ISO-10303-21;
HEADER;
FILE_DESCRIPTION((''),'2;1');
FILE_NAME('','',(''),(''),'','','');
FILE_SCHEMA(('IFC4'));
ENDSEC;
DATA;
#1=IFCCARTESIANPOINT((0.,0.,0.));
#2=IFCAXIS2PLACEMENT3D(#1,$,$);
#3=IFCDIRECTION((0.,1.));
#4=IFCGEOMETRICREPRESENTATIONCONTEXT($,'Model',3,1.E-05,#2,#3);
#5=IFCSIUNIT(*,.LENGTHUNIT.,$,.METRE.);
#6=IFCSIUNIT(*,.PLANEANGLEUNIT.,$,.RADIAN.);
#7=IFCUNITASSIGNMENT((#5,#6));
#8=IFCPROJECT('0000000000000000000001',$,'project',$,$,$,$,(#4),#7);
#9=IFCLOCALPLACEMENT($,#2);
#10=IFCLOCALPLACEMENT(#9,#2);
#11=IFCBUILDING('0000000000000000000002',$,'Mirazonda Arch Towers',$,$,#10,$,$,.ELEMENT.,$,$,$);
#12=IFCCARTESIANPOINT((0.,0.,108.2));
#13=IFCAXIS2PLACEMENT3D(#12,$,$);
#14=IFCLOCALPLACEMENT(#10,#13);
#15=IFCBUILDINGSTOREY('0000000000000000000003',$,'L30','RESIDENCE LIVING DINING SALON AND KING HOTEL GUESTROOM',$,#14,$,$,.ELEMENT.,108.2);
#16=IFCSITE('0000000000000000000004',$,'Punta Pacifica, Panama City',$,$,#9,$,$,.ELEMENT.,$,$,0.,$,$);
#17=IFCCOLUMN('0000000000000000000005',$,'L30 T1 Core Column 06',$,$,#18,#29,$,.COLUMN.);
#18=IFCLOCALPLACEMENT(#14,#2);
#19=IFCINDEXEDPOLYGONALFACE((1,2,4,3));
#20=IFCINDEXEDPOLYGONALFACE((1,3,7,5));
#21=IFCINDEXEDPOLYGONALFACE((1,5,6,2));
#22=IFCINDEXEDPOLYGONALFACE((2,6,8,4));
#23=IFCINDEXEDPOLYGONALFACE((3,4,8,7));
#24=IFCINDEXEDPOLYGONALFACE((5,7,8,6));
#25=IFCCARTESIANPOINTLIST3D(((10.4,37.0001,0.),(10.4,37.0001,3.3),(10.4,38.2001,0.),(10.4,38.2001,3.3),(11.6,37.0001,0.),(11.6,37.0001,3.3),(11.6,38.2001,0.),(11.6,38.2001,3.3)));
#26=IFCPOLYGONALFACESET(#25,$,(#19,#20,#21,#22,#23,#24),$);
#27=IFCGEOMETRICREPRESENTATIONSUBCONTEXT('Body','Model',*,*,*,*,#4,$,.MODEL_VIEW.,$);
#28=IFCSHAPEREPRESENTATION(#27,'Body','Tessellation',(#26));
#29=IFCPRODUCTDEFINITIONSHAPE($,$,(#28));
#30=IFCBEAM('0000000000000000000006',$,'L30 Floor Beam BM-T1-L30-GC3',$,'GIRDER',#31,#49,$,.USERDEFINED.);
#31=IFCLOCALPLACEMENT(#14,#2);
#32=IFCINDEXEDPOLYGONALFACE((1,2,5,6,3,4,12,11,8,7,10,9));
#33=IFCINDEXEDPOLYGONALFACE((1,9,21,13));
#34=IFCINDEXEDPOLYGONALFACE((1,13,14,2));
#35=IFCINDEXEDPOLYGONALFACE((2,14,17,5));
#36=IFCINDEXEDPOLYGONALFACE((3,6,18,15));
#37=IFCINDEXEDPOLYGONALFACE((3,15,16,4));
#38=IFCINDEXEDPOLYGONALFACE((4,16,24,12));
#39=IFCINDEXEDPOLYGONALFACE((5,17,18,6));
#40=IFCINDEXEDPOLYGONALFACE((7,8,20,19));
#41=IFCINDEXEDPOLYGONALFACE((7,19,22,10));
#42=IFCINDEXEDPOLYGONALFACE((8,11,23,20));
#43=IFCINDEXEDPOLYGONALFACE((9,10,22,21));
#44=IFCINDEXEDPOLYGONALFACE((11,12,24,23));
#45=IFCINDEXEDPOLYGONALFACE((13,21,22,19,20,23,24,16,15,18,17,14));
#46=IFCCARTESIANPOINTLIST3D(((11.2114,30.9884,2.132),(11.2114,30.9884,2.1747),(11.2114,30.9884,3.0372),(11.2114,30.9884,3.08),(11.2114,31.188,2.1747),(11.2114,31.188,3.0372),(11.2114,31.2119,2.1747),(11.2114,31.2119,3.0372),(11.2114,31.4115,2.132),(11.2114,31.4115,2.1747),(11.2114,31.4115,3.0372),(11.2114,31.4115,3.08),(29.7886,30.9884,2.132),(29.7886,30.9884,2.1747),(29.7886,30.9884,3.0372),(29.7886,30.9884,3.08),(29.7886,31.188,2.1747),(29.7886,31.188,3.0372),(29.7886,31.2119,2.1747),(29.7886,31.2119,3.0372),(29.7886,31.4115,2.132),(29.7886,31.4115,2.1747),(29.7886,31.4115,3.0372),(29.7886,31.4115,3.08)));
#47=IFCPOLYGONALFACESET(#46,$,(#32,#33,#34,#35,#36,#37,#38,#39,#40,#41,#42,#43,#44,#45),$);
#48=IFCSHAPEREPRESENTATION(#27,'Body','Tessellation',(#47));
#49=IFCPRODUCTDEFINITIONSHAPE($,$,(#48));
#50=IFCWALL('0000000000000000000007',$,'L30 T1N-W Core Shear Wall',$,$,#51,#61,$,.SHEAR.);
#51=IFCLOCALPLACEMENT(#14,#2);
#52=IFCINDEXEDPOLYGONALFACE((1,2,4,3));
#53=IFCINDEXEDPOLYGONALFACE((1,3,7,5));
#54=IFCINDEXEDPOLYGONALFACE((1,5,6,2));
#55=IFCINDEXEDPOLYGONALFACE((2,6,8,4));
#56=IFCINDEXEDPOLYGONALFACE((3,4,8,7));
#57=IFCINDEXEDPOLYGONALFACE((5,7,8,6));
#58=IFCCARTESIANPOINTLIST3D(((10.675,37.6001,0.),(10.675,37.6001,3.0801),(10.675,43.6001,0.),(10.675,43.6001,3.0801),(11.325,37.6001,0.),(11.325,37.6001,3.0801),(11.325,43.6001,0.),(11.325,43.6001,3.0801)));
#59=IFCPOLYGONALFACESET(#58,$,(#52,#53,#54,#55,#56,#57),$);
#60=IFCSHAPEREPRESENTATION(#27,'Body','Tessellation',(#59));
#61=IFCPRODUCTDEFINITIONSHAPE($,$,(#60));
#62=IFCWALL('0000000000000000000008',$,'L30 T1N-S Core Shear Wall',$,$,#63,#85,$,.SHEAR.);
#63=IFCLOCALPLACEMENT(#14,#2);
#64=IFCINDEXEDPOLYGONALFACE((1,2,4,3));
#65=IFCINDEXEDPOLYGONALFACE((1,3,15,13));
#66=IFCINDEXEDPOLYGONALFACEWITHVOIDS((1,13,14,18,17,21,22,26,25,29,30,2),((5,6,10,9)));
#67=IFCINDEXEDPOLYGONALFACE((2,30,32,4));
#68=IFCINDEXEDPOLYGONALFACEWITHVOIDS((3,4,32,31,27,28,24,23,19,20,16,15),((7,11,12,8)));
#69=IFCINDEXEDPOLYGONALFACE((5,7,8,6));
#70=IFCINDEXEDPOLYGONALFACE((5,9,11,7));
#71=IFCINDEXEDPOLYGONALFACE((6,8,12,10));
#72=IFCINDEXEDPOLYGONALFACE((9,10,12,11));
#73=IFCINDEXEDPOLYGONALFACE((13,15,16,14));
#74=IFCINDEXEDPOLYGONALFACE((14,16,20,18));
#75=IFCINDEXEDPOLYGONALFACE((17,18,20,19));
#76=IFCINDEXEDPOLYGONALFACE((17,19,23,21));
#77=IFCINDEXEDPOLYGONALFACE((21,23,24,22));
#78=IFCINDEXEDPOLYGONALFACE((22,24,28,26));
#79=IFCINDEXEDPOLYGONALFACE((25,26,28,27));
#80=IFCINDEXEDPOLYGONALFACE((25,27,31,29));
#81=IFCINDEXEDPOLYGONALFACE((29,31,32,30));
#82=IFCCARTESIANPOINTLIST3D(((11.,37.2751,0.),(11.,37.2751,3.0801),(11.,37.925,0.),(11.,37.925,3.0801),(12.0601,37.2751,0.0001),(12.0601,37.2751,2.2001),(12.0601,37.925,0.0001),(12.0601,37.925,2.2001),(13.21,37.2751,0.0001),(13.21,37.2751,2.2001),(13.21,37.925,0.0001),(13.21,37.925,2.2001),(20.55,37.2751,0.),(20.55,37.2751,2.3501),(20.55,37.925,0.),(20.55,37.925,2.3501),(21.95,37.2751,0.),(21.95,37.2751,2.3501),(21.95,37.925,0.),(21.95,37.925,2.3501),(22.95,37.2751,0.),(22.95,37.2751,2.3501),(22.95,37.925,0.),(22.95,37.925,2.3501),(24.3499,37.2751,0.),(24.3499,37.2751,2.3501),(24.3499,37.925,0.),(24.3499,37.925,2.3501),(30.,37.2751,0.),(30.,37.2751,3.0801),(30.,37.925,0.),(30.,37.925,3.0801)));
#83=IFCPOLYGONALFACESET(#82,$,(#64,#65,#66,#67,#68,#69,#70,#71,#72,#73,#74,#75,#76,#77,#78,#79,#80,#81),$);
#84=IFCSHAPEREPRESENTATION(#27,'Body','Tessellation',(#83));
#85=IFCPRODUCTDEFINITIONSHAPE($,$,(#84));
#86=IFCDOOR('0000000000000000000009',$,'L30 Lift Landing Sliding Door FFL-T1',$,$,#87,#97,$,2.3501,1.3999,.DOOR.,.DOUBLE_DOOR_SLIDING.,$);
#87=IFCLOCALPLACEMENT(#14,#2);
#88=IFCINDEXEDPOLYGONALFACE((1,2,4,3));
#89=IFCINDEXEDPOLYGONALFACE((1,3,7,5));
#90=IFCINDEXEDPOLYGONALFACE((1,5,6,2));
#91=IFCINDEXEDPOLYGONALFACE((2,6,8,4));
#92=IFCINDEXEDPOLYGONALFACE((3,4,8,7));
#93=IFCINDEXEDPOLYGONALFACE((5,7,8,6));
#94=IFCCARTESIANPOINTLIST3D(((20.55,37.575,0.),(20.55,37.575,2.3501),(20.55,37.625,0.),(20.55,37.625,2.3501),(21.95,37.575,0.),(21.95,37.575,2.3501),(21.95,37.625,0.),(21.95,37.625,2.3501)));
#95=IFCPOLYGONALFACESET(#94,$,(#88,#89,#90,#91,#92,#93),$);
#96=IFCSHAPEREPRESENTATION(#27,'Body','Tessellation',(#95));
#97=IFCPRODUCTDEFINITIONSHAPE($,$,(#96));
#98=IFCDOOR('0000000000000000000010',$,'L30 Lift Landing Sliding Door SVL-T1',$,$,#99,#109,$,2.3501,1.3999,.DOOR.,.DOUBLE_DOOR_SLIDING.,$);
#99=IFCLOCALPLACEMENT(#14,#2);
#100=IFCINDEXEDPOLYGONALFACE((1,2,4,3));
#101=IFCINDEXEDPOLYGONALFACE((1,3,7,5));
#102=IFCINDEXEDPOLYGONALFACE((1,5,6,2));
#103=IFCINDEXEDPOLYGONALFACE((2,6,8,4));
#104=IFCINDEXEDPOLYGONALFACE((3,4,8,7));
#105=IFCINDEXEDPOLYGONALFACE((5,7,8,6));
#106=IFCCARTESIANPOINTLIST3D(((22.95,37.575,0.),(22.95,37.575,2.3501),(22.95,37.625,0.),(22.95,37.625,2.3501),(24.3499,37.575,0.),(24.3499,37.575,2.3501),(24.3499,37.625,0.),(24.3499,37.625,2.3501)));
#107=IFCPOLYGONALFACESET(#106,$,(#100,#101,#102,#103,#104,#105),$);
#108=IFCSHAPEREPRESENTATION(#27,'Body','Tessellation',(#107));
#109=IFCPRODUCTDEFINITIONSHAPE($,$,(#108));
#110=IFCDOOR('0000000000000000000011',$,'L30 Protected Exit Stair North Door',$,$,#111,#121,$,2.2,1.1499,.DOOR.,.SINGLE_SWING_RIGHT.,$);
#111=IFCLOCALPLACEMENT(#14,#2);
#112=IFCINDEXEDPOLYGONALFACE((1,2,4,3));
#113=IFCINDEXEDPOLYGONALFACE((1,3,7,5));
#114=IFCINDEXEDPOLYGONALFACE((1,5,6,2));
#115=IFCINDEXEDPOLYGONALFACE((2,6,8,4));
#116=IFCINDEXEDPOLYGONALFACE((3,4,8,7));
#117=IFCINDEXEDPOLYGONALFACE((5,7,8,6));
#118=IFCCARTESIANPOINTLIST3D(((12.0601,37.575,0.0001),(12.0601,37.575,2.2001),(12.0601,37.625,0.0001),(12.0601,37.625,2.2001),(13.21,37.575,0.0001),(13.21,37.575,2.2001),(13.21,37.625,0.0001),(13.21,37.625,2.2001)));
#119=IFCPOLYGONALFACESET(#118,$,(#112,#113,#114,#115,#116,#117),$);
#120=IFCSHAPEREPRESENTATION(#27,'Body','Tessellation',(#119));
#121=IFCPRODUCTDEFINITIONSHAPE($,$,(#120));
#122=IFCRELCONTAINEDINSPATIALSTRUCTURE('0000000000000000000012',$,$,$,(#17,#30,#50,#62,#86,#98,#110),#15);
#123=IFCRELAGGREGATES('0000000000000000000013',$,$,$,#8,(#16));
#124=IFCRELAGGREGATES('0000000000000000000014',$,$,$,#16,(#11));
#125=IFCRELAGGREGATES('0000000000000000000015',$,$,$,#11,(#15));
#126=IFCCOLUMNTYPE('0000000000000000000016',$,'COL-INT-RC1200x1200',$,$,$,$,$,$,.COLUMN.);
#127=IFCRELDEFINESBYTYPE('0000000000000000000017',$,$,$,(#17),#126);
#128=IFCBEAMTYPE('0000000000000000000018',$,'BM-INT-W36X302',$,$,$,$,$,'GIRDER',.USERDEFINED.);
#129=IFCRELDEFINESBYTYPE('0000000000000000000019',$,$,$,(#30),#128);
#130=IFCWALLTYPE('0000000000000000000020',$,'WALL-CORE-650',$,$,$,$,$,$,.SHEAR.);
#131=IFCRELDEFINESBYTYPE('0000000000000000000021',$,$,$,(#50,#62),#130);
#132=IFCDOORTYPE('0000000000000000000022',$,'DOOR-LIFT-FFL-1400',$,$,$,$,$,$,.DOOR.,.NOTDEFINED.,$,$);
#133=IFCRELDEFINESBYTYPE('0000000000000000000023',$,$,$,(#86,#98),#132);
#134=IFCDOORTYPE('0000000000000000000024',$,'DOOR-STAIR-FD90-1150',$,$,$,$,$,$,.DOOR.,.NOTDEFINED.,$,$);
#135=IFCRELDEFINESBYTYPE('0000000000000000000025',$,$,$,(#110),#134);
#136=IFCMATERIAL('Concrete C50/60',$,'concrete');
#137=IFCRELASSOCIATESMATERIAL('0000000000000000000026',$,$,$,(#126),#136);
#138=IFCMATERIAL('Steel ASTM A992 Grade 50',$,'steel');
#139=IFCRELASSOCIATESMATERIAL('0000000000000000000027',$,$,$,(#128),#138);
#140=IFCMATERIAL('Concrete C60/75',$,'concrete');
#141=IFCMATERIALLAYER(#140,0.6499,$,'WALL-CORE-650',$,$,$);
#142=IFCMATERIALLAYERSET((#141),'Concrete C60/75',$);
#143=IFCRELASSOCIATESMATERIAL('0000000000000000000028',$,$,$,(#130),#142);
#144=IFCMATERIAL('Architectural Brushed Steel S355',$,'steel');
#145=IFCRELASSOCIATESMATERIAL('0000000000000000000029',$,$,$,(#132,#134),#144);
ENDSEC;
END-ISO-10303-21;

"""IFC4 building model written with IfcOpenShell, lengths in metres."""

from ifc_helpers import new_model, si_unit, direction, frame, frame_2d, origin, origin_2d, place, context, subcontext, project, spatial, rectangle, i_section, extrude, material, layer, layer_set, material_profile, profile_set, type_object, element, fill, save


model = new_model("IFC4")

# Units and contexts
model_context = context("Model", 3, precision=1e-05, world=origin(), true_north=direction((0.0, 1.0)))
body_context = subcontext(model_context, "Body", "Model", "MODEL_VIEW")
ifc_project = project(units=[si_unit("LENGTHUNIT", "METRE"), si_unit("PLANEANGLEUNIT", "RADIAN")], contexts=[model_context])

# Site, building, storey
site_placement = place(None, origin())
site = spatial("IfcSite", under=ifc_project, at=site_placement, Name="Punta Pacifica, Panama City", CompositionType="ELEMENT", RefElevation=0.0)
building_placement = place(site_placement, origin())
building = spatial("IfcBuilding", under=site, at=building_placement, Name="Mirazonda Arch Towers", CompositionType="ELEMENT")
storey_placement = place(building_placement, frame((0.0, 0.0, 108.2)))
storey = spatial("IfcBuildingStorey", under=building, at=storey_placement, Name="L30", Description="RESIDENCE LIVING DINING SALON AND KING HOTEL GUESTROOM", CompositionType="ELEMENT", Elevation=108.2)

# Column
ifc_material_1 = material(Name="Concrete C50/60", Category="concrete")
ifc_material_profile_1 = material_profile(ifc_material_1, rectangle(XDim=1.2, YDim=1.2, at=origin_2d()), Name="RC1200x1200")
ifc_profile_set_1 = profile_set([ifc_material_profile_1], Name="Concrete C50/60")
column_type = type_object("IfcColumnType", Name="COL-INT-RC1200x1200", PredefinedType="COLUMN", material=ifc_profile_set_1)
column_placement = place(storey_placement, frame((11.0, 37.6001, 0.0), z_axis=(0.0, 0.0, 1.0), x_axis=(1.0, 0.0, 0.0)))
element("IfcColumn", 1, at=column_placement, inside=storey, type_object=column_type, Name="L30 T1 Core Column 06", PredefinedType="COLUMN", context=body_context, shape_type="SweptSolid", body=[
    extrude(rectangle(XDim=1.2, YDim=1.2, at=origin_2d()), origin(), (0.0, 0.0, 1.0), 3.3),
])

# Beam
ifc_material_2 = material(Name="Steel ASTM A992 Grade 50", Category="steel")
ifc_material_profile_2 = material_profile(ifc_material_2, i_section(OverallWidth=0.4231, OverallDepth=0.948, WebThickness=0.0239, FlangeThickness=0.0427, at=origin_2d()), Name="W36X302")
ifc_profile_set_2 = profile_set([ifc_material_profile_2], Name="Steel ASTM A992 Grade 50")
beam_type = type_object("IfcBeamType", Name="BM-INT-W36X302", ElementType="GIRDER", PredefinedType="USERDEFINED", material=ifc_profile_set_2)
beam_placement = place(storey_placement, frame((11.2114, 31.2, 2.606), z_axis=(1.0, 0.0, 0.0), x_axis=(0.0, 1.0, 0.0)))
element("IfcBeam", 2, at=beam_placement, inside=storey, type_object=beam_type, Name="L30 Floor Beam BM-T1-L30-GC3", ObjectType="GIRDER", PredefinedType="USERDEFINED", context=body_context, shape_type="SweptSolid", body=[
    extrude(i_section(OverallWidth=0.4231, OverallDepth=0.948, WebThickness=0.0239, FlangeThickness=0.0427, at=origin_2d()), origin(), (0.0, 0.0, 1.0), 18.5771),
])

# Wall
ifc_material_3 = material(Name="Concrete C60/75", Category="concrete")
ifc_layer_1 = layer(ifc_material_3, 0.6499, Name="WALL-CORE-650")
ifc_layer_set_1 = layer_set([ifc_layer_1], Name="Concrete C60/75")
wall_type_1 = type_object("IfcWallType", Name="WALL-CORE-650", PredefinedType="SHEAR", material=ifc_layer_set_1)
wall_1_placement = place(storey_placement, frame((11.0, 37.6001, 0.0), z_axis=(0.0, 0.0, 1.0), x_axis=(0.0, 1.0, 0.0)))
element("IfcWall", 3, at=wall_1_placement, inside=storey, type_object=wall_type_1, Name="L30 T1N-W Core Shear Wall", PredefinedType="SHEAR", context=body_context, shape_type="SweptSolid", body=[
    extrude(rectangle(XDim=6.0, YDim=0.6499, at=frame_2d((3.0, 0.0))), origin(), (0.0, 0.0, 1.0), 3.0801),
])

# Wall, openings, doors
wall_2_placement = place(storey_placement, frame((11.0, 37.6001, 0.0), z_axis=(0.0, 0.0, 1.0), x_axis=(1.0, 0.0, 0.0)))
wall_2 = element("IfcWall", 4, at=wall_2_placement, inside=storey, type_object=wall_type_1, Name="L30 T1N-S Core Shear Wall", PredefinedType="SHEAR", context=body_context, shape_type="SweptSolid", body=[
    extrude(rectangle(XDim=19.0, YDim=0.6499, at=frame_2d((9.5, 0.0))), origin(), (0.0, 0.0, 1.0), 3.0801),
])
opening_1_placement = place(wall_2_placement, frame((1.0601, 0.0, 0.0)))
opening_1 = element("IfcOpeningElement", 5, at=opening_1_placement, cuts=wall_2, PredefinedType="OPENING", context=body_context, shape_type="SweptSolid", body=[
    extrude(rectangle(XDim=1.1499, YDim=2.2, at=frame_2d((0.575, 1.1001))), frame((0.0, 0.335, 0.0), z_axis=(0.0, -1.0, 0.0), x_axis=(1.0, 0.0, 0.0)), (0.0, 0.0, 1.0), 0.6699),
])
opening_2_placement = place(wall_2_placement, frame((9.55, 0.0, 0.0)))
opening_2 = element("IfcOpeningElement", 6, at=opening_2_placement, cuts=wall_2, PredefinedType="OPENING", context=body_context, shape_type="SweptSolid", body=[
    extrude(rectangle(XDim=1.3999, YDim=2.3501, at=frame_2d((0.7, 1.175))), frame((0.0, 0.335, 0.0), z_axis=(0.0, -1.0, 0.0), x_axis=(1.0, 0.0, 0.0)), (0.0, 0.0, 1.0), 0.6699),
])
opening_3_placement = place(wall_2_placement, frame((11.95, 0.0, 0.0)))
opening_3 = element("IfcOpeningElement", 7, at=opening_3_placement, cuts=wall_2, PredefinedType="OPENING", context=body_context, shape_type="SweptSolid", body=[
    extrude(rectangle(XDim=1.3999, YDim=2.3501, at=frame_2d((0.7, 1.175))), frame((0.0, 0.335, 0.0), z_axis=(0.0, -1.0, 0.0), x_axis=(1.0, 0.0, 0.0)), (0.0, 0.0, 1.0), 0.6699),
])
ifc_material_4 = material(Name="Architectural Brushed Steel S355", Category="steel")
door_type_1 = type_object("IfcDoorType", Name="DOOR-LIFT-FFL-1400", OperationType="NOTDEFINED", PredefinedType="DOOR", material=ifc_material_4)
door_1_placement = place(opening_2_placement, origin())
door_1 = element("IfcDoor", 8, at=door_1_placement, inside=storey, type_object=door_type_1, Name="L30 Lift Landing Sliding Door FFL-T1", OperationType="DOUBLE_DOOR_SLIDING", OverallHeight=2.3501, OverallWidth=1.3999, PredefinedType="DOOR", context=body_context, shape_type="SweptSolid", body=[
    extrude(rectangle(XDim=1.3999, YDim=2.3501, at=frame_2d((0.7, 1.175))), frame((0.0, 0.0249, 0.0), z_axis=(0.0, -1.0, 0.0), x_axis=(1.0, 0.0, 0.0)), (0.0, 0.0, 1.0), 0.05),
])
fill(opening_2, door_1)
door_2_placement = place(opening_3_placement, origin())
door_2 = element("IfcDoor", 9, at=door_2_placement, inside=storey, type_object=door_type_1, Name="L30 Lift Landing Sliding Door SVL-T1", OperationType="DOUBLE_DOOR_SLIDING", OverallHeight=2.3501, OverallWidth=1.3999, PredefinedType="DOOR", context=body_context, shape_type="SweptSolid", body=[
    extrude(rectangle(XDim=1.3999, YDim=2.3501, at=frame_2d((0.7, 1.175))), frame((0.0, 0.0249, 0.0), z_axis=(0.0, -1.0, 0.0), x_axis=(1.0, 0.0, 0.0)), (0.0, 0.0, 1.0), 0.05),
])
fill(opening_3, door_2)
door_type_2 = type_object("IfcDoorType", Name="DOOR-STAIR-FD90-1150", OperationType="NOTDEFINED", PredefinedType="DOOR", material=ifc_material_4)
door_3_placement = place(opening_1_placement, origin())
door_3 = element("IfcDoor", 10, at=door_3_placement, inside=storey, type_object=door_type_2, Name="L30 Protected Exit Stair North Door", OperationType="SINGLE_SWING_RIGHT", OverallHeight=2.2, OverallWidth=1.1499, PredefinedType="DOOR", context=body_context, shape_type="SweptSolid", body=[
    extrude(rectangle(XDim=1.1499, YDim=2.2, at=frame_2d((0.575, 1.1001))), frame((0.0, 0.0249, 0.0), z_axis=(0.0, -1.0, 0.0), x_axis=(1.0, 0.0, 0.0)), (0.0, 0.0, 1.0), 0.05),
])
fill(opening_1, door_3)

save(model, "model.ifc")
